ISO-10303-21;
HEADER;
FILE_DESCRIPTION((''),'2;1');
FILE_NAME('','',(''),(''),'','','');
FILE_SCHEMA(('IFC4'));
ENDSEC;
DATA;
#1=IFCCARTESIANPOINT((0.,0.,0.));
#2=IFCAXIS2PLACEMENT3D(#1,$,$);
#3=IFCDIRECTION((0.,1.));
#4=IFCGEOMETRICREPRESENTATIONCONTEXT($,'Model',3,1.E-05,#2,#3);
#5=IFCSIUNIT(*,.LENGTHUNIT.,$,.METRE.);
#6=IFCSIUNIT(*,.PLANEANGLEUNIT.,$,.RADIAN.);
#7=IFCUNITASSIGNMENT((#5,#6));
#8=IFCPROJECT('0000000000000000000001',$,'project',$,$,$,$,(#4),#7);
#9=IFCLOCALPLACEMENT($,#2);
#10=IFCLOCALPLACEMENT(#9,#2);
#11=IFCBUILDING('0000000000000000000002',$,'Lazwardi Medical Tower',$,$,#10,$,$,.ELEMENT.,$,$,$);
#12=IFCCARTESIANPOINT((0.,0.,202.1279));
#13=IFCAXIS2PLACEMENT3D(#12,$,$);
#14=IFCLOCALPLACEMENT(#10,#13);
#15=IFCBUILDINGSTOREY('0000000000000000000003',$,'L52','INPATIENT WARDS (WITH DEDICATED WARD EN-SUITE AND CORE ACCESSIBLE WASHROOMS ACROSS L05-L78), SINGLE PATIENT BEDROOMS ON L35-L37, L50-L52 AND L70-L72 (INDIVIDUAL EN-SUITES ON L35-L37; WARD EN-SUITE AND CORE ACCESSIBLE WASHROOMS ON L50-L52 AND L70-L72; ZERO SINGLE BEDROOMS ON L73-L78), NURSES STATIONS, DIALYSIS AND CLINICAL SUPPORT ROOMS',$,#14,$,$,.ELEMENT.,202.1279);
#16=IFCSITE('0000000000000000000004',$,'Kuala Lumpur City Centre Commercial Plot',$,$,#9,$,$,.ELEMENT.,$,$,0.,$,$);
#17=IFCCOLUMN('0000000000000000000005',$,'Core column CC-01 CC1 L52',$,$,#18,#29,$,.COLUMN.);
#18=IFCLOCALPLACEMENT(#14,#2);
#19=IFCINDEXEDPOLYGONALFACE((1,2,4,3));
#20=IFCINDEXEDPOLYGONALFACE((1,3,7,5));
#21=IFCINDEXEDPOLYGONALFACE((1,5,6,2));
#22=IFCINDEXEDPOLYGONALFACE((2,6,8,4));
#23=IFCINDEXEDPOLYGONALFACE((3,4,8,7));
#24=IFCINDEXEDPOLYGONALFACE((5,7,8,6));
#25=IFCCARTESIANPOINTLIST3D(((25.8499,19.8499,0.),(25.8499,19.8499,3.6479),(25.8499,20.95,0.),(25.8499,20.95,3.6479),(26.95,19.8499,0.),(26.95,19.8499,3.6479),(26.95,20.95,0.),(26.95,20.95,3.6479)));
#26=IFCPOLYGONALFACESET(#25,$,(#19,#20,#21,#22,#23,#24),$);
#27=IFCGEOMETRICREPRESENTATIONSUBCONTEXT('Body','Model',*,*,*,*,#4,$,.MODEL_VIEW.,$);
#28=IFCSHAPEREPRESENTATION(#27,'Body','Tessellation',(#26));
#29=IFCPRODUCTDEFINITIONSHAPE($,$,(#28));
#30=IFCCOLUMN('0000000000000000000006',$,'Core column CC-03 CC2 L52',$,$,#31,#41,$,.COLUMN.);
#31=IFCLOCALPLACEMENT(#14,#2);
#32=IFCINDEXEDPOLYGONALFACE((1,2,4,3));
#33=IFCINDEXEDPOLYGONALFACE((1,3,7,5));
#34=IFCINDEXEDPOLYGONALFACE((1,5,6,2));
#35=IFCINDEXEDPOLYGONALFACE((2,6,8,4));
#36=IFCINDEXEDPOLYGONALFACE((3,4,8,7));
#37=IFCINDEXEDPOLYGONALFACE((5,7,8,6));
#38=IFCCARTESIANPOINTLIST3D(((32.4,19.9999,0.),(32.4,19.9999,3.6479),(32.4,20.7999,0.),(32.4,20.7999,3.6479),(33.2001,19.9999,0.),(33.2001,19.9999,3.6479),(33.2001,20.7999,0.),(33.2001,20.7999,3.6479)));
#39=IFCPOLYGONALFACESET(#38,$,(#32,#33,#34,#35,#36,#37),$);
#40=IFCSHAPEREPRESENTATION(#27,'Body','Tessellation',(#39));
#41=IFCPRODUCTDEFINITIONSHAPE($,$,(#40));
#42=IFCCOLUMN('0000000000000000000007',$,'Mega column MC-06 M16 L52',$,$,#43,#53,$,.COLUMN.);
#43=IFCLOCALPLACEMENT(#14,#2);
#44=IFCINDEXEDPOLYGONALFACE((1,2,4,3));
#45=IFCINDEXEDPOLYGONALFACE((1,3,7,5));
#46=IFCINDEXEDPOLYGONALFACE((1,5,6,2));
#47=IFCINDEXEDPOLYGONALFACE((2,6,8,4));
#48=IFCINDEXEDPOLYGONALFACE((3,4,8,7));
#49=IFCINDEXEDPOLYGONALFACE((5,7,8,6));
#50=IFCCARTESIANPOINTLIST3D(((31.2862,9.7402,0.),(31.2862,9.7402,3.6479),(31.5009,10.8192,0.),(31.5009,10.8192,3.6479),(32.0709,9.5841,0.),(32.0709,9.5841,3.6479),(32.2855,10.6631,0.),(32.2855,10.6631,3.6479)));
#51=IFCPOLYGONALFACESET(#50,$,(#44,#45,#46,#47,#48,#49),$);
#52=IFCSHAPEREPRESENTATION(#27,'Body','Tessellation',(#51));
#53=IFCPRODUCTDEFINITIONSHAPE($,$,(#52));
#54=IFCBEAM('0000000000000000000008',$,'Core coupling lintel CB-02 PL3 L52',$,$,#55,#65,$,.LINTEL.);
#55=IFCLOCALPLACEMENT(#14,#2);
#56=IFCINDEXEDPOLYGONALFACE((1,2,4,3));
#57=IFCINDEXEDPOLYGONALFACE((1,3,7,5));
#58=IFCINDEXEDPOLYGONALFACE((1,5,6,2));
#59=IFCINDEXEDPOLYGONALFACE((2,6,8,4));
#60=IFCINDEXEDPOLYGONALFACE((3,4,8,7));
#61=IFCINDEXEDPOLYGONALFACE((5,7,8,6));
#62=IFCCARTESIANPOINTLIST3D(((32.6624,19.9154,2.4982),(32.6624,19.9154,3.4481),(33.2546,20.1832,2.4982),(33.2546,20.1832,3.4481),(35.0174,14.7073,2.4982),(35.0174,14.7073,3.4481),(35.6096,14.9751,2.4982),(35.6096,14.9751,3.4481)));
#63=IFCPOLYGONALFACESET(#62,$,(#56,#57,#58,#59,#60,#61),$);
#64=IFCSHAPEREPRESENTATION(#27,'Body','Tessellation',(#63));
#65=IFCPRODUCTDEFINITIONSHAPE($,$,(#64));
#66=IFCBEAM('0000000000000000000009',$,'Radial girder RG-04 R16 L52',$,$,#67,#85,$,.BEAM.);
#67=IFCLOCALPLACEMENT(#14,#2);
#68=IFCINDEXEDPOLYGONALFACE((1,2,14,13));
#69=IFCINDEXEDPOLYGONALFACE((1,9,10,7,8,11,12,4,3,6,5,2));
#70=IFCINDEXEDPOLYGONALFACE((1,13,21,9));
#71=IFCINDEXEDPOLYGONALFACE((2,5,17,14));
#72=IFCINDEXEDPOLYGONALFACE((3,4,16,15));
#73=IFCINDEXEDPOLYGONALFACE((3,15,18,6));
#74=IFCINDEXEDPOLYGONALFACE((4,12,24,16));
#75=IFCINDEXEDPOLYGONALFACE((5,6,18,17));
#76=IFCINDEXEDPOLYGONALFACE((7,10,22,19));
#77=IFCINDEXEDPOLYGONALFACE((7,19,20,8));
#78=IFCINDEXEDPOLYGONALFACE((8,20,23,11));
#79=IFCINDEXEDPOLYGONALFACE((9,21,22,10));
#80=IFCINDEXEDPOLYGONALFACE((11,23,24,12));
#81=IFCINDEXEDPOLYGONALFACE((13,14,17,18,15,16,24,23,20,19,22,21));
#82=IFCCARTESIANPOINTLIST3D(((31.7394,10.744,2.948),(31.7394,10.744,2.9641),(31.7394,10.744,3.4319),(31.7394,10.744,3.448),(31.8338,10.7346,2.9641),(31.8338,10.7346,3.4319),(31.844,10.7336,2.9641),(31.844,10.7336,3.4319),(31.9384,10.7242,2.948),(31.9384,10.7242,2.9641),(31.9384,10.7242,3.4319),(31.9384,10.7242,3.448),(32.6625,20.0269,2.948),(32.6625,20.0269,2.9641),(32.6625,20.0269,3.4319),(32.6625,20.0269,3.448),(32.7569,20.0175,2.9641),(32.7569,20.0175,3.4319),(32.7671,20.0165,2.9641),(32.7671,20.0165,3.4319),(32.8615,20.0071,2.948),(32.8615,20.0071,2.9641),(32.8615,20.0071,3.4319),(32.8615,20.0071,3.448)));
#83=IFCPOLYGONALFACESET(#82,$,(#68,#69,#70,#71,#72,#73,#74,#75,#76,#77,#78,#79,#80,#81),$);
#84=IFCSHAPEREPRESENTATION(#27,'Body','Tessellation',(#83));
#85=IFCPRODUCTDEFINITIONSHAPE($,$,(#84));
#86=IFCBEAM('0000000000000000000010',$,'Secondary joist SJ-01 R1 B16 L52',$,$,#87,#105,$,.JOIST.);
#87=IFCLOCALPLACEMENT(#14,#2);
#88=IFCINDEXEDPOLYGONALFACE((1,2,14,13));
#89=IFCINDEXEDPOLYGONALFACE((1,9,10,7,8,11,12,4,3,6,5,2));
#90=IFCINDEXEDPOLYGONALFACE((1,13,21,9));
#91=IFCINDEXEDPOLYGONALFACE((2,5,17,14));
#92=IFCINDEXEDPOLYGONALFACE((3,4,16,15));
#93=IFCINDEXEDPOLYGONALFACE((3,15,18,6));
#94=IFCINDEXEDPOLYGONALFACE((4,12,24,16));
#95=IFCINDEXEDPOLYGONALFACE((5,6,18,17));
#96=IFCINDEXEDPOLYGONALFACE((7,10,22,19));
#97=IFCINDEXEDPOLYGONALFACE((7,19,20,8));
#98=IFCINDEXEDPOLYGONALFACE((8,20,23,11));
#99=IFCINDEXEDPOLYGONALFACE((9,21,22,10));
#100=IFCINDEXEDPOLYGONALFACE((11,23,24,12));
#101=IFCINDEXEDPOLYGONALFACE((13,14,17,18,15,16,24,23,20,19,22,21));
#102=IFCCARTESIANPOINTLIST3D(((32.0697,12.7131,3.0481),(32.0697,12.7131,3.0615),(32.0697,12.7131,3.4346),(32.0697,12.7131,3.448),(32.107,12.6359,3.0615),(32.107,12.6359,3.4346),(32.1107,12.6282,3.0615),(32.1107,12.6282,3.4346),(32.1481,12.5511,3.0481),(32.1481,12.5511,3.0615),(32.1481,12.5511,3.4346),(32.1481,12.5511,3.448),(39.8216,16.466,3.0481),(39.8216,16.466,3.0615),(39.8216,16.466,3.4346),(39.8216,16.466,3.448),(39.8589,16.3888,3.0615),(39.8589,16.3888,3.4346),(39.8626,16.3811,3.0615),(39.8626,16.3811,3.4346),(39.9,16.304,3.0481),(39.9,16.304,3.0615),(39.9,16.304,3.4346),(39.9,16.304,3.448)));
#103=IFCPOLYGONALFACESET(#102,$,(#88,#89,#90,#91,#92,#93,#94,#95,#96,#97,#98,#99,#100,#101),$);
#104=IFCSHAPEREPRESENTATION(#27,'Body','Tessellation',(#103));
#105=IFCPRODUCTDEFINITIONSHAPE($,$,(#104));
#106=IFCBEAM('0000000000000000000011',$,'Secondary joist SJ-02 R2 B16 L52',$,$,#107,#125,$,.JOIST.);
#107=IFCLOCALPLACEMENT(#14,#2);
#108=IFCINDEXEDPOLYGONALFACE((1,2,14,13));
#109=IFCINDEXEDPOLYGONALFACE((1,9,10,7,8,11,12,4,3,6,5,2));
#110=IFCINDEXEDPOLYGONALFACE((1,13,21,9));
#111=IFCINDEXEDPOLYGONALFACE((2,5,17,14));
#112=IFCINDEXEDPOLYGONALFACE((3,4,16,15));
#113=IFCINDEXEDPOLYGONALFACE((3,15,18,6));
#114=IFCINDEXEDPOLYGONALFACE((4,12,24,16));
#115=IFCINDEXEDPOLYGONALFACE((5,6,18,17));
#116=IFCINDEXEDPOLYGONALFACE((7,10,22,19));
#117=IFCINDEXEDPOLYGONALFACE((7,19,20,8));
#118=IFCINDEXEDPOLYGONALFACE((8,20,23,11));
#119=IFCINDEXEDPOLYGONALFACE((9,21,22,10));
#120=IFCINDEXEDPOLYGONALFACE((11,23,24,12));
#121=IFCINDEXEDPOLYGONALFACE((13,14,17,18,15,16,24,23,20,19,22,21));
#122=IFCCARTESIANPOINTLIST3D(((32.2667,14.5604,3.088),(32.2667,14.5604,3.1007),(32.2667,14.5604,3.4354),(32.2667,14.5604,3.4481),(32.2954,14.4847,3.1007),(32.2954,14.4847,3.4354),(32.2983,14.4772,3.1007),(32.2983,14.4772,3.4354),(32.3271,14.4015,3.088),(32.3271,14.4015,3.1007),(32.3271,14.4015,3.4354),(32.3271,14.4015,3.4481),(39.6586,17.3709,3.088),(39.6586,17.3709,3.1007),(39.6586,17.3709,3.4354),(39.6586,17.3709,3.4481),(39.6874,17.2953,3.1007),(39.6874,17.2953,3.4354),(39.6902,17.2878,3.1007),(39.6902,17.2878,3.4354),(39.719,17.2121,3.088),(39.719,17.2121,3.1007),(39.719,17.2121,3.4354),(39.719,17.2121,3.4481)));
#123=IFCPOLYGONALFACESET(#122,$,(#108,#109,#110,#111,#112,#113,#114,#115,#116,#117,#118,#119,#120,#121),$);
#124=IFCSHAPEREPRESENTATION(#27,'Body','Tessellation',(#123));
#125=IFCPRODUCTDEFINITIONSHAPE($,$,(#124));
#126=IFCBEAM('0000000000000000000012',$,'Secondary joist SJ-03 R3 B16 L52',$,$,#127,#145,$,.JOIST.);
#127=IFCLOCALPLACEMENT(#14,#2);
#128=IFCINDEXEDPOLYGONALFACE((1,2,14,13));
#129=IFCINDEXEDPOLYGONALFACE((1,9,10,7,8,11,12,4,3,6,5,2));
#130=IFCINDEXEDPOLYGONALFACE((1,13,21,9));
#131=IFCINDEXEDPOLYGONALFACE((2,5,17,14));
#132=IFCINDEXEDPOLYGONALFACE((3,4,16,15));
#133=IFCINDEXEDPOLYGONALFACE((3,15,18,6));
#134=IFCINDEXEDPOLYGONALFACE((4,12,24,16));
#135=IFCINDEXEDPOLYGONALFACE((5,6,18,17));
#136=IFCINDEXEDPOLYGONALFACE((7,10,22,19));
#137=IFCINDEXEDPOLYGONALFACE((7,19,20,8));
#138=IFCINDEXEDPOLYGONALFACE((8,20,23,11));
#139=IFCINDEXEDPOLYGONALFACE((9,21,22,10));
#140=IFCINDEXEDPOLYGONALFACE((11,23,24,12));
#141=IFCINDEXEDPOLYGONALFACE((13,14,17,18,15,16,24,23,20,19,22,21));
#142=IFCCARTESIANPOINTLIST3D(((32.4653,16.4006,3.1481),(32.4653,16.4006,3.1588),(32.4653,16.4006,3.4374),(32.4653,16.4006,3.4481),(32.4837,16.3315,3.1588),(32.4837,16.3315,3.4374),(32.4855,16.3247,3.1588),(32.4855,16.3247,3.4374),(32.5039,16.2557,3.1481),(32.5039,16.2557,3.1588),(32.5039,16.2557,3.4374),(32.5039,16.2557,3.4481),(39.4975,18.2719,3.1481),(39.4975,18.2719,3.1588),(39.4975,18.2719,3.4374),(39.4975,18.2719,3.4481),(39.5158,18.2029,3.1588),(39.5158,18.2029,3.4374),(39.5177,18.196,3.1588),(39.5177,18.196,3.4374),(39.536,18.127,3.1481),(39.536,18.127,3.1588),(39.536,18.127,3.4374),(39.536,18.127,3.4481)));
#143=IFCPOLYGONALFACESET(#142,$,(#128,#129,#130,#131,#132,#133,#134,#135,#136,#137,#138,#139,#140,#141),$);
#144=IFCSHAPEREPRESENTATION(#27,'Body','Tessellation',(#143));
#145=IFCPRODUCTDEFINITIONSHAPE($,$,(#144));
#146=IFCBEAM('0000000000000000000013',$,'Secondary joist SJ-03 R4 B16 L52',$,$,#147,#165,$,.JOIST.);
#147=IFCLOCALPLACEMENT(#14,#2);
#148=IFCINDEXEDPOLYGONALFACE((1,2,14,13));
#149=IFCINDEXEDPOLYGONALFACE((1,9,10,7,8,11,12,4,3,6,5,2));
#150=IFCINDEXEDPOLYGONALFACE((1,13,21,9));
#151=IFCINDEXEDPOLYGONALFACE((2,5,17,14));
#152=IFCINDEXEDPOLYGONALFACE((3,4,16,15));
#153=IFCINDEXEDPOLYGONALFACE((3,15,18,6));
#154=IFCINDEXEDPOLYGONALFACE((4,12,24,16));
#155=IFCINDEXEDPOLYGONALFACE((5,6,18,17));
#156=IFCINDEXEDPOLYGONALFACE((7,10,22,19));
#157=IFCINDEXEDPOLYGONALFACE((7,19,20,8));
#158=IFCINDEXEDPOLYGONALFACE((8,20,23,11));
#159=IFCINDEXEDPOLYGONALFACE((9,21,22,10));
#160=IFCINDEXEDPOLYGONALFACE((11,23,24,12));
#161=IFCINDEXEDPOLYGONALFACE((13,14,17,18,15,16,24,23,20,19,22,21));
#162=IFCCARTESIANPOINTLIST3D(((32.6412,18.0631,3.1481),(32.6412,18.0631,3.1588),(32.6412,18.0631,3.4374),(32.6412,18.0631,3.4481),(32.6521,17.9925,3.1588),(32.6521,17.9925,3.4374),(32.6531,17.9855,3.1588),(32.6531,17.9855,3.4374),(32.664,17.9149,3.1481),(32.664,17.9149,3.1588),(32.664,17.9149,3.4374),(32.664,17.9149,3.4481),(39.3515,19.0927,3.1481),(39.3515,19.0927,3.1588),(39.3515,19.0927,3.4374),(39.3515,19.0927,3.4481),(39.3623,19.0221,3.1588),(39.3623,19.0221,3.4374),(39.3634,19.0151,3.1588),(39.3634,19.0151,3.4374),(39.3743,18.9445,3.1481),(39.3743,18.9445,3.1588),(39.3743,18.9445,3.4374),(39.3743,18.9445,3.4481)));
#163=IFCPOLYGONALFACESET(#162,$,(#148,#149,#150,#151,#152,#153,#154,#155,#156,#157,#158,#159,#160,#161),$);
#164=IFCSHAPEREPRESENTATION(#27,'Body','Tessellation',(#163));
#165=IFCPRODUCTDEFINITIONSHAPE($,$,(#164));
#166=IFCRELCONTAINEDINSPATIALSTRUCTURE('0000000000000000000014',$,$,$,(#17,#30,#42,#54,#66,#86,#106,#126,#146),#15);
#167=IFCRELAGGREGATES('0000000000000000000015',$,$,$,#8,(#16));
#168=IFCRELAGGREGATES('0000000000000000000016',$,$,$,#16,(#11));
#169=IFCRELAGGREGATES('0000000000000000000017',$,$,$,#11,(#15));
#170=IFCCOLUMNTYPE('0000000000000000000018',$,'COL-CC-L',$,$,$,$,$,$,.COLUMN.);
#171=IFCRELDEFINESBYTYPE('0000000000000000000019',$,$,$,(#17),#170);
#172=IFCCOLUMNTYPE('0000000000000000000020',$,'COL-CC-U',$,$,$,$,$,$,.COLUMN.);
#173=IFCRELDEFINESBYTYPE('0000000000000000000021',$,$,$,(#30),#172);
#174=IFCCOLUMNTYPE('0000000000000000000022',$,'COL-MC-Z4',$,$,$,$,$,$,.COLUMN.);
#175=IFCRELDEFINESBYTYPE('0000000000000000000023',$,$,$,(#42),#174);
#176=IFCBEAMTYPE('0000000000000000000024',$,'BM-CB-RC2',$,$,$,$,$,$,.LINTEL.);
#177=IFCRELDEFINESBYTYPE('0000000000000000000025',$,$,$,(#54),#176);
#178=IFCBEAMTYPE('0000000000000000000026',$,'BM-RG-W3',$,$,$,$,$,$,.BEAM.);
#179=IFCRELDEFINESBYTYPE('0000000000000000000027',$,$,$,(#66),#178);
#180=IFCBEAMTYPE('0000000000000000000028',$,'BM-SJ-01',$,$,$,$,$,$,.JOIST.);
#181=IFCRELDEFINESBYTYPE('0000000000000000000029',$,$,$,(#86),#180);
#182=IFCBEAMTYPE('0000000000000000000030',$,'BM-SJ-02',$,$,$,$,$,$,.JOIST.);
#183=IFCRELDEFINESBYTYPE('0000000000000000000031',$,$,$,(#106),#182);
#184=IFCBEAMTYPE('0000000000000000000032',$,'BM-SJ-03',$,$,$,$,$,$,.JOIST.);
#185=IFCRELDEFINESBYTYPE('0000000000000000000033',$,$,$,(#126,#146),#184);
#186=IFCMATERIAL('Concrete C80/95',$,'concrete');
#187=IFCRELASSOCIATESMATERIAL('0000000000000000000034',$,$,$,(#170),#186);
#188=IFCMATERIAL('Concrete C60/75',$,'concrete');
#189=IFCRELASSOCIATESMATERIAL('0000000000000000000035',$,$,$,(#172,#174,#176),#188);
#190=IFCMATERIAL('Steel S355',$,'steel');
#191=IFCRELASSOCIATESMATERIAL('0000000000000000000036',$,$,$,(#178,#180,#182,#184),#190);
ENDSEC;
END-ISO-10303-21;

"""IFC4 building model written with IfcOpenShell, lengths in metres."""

from ifc_helpers import new_model, si_unit, direction, frame, origin, origin_2d, place, context, subcontext, project, spatial, rectangle, i_section, extrude, material, material_profile, profile_set, type_object, element, save


model = new_model("IFC4")

# Units and contexts
model_context = context("Model", 3, precision=1e-05, world=origin(), true_north=direction((0.0, 1.0)))
body_context = subcontext(model_context, "Body", "Model", "MODEL_VIEW")
ifc_project = project(units=[si_unit("LENGTHUNIT", "METRE"), si_unit("PLANEANGLEUNIT", "RADIAN")], contexts=[model_context])

# Site, building, storey
site_placement = place(None, origin())
site = spatial("IfcSite", under=ifc_project, at=site_placement, Name="Kuala Lumpur City Centre Commercial Plot", CompositionType="ELEMENT", RefElevation=0.0)
building_placement = place(site_placement, origin())
building = spatial("IfcBuilding", under=site, at=building_placement, Name="Lazwardi Medical Tower", CompositionType="ELEMENT")
storey_placement = place(building_placement, frame((0.0, 0.0, 202.1279)))
storey = spatial("IfcBuildingStorey", under=building, at=storey_placement, Name="L52", Description="INPATIENT WARDS (WITH DEDICATED WARD EN-SUITE AND CORE ACCESSIBLE WASHROOMS ACROSS L05-L78), SINGLE PATIENT BEDROOMS ON L35-L37, L50-L52 AND L70-L72 (INDIVIDUAL EN-SUITES ON L35-L37; WARD EN-SUITE AND CORE ACCESSIBLE WASHROOMS ON L50-L52 AND L70-L72; ZERO SINGLE BEDROOMS ON L73-L78), NURSES STATIONS, DIALYSIS AND CLINICAL SUPPORT ROOMS", CompositionType="ELEMENT", Elevation=202.1279)

# Columns
ifc_material_1 = material(Name="Concrete C80/95", Category="concrete")
ifc_material_profile_1 = material_profile(ifc_material_1, rectangle(XDim=1.1001, YDim=1.1001, at=origin_2d()), Name="RC 1100x1100")
ifc_profile_set_1 = profile_set([ifc_material_profile_1], Name="Concrete C80/95")
column_type_1 = type_object("IfcColumnType", Name="COL-CC-L", PredefinedType="COLUMN", material=ifc_profile_set_1)
column_1_placement = place(storey_placement, frame((26.3999, 20.3999, 0.0), z_axis=(0.0, 0.0, 1.0), x_axis=(1.0, 0.0, 0.0)))
element("IfcColumn", 1, at=column_1_placement, inside=storey, type_object=column_type_1, Name="Core column CC-01 CC1 L52", PredefinedType="COLUMN", context=body_context, shape_type="SweptSolid", body=[
    extrude(rectangle(XDim=1.1001, YDim=1.1001, at=origin_2d()), origin(), (0.0, 0.0, 1.0), 3.6479),
])
ifc_material_2 = material(Name="Concrete C60/75", Category="concrete")
ifc_material_profile_2 = material_profile(ifc_material_2, rectangle(XDim=0.8, YDim=0.8, at=origin_2d()), Name="RC 800x800")
ifc_profile_set_2 = profile_set([ifc_material_profile_2], Name="Concrete C60/75")
column_type_2 = type_object("IfcColumnType", Name="COL-CC-U", PredefinedType="COLUMN", material=ifc_profile_set_2)
column_2_placement = place(storey_placement, frame((32.8, 20.3999, 0.0), z_axis=(0.0, 0.0, 1.0), x_axis=(1.0, 0.0, 0.0)))
element("IfcColumn", 2, at=column_2_placement, inside=storey, type_object=column_type_2, Name="Core column CC-03 CC2 L52", PredefinedType="COLUMN", context=body_context, shape_type="SweptSolid", body=[
    extrude(rectangle(XDim=0.8, YDim=0.8, at=origin_2d()), origin(), (0.0, 0.0, 1.0), 3.6479),
])
ifc_material_profile_3 = material_profile(ifc_material_2, rectangle(XDim=1.1001, YDim=0.8, at=origin_2d()), Name="CFT-RECT 1100x800")
ifc_profile_set_3 = profile_set([ifc_material_profile_3], Name="Concrete C60/75")
column_type_3 = type_object("IfcColumnType", Name="COL-MC-Z4", PredefinedType="COLUMN", material=ifc_profile_set_3)
column_3_placement = place(storey_placement, frame((31.7859, 10.2017, 0.0), z_axis=(0.0, 0.0, 1.0), x_axis=(-0.19509, -0.980785, 0.0)))
element("IfcColumn", 3, at=column_3_placement, inside=storey, type_object=column_type_3, Name="Mega column MC-06 M16 L52", PredefinedType="COLUMN", context=body_context, shape_type="SweptSolid", body=[
    extrude(rectangle(XDim=1.1001, YDim=0.8, at=origin_2d()), origin(), (0.0, 0.0, 1.0), 3.6479),
])

# Beams
ifc_material_profile_4 = material_profile(ifc_material_2, rectangle(XDim=0.6499, YDim=0.95, at=origin_2d()), Name="RC 650x950")
ifc_profile_set_4 = profile_set([ifc_material_profile_4], Name="Concrete C60/75")
beam_type_1 = type_object("IfcBeamType", Name="BM-CB-RC2", PredefinedType="LINTEL", material=ifc_profile_set_4)
beam_1_placement = place(storey_placement, frame((32.9585, 20.0493, 2.9731), z_axis=(0.412019, -0.911175, 0.0), x_axis=(0.911175, 0.412019, 0.0)))
element("IfcBeam", 4, at=beam_1_placement, inside=storey, type_object=beam_type_1, Name="Core coupling lintel CB-02 PL3 L52", PredefinedType="LINTEL", context=body_context, shape_type="SweptSolid", body=[
    extrude(rectangle(XDim=0.6499, YDim=0.95, at=origin_2d()), origin(), (0.0, 0.0, 1.0), 5.7158),
])
ifc_material_3 = material(Name="Steel S355", Category="steel")
ifc_material_profile_5 = material_profile(ifc_material_3, i_section(OverallWidth=0.2, OverallDepth=0.5, WebThickness=0.0103, FlangeThickness=0.0161, at=origin_2d()), Name="IPE 500")
ifc_profile_set_5 = profile_set([ifc_material_profile_5], Name="Steel S355")
beam_type_2 = type_object("IfcBeamType", Name="BM-RG-W3", PredefinedType="BEAM", material=ifc_profile_set_5)
beam_2_placement = place(storey_placement, frame((31.8389, 10.7341, 3.198), z_axis=(0.098954, 0.995092, 0.0), x_axis=(-0.995092, 0.098954, 0.0)))
element("IfcBeam", 5, at=beam_2_placement, inside=storey, type_object=beam_type_2, Name="Radial girder RG-04 R16 L52", PredefinedType="BEAM", context=body_context, shape_type="SweptSolid", body=[
    extrude(i_section(OverallWidth=0.2, OverallDepth=0.5, WebThickness=0.0103, FlangeThickness=0.0161, at=origin_2d()), origin(), (0.0, 0.0, 1.0), 9.3286),
])
ifc_material_profile_6 = material_profile(ifc_material_3, i_section(OverallWidth=0.1799, OverallDepth=0.3999, WebThickness=0.0085, FlangeThickness=0.0134, at=origin_2d()), Name="IPE 400")
ifc_profile_set_6 = profile_set([ifc_material_profile_6], Name="Steel S355")
beam_type_3 = type_object("IfcBeamType", Name="BM-SJ-01", PredefinedType="JOIST", material=ifc_profile_set_6)
beam_3_placement = place(storey_placement, frame((32.1089, 12.6321, 3.248), z_axis=(0.900069, 0.435748, 0.0), x_axis=(-0.435748, 0.900069, 0.0)))
element("IfcBeam", 6, at=beam_3_placement, inside=storey, type_object=beam_type_3, Name="Secondary joist SJ-01 R1 B16 L52", PredefinedType="JOIST", context=body_context, shape_type="SweptSolid", body=[
    extrude(i_section(OverallWidth=0.1799, OverallDepth=0.3999, WebThickness=0.0085, FlangeThickness=0.0134, at=origin_2d()), origin(), (0.0, 0.0, 1.0), 8.6125),
])
ifc_material_profile_7 = material_profile(ifc_material_3, i_section(OverallWidth=0.1699, OverallDepth=0.3601, WebThickness=0.0081, FlangeThickness=0.0127, at=origin_2d()), Name="IPE 360")
ifc_profile_set_7 = profile_set([ifc_material_profile_7], Name="Steel S355")
beam_type_4 = type_object("IfcBeamType", Name="BM-SJ-02", PredefinedType="JOIST", material=ifc_profile_set_7)
beam_4_placement = place(storey_placement, frame((32.2969, 14.481, 3.2681), z_axis=(0.934714, 0.3554, 0.0), x_axis=(-0.3554, 0.934714, 0.0)))
element("IfcBeam", 7, at=beam_4_placement, inside=storey, type_object=beam_type_4, Name="Secondary joist SJ-02 R2 B16 L52", PredefinedType="JOIST", context=body_context, shape_type="SweptSolid", body=[
    extrude(i_section(OverallWidth=0.1699, OverallDepth=0.3601, WebThickness=0.0081, FlangeThickness=0.0127, at=origin_2d()), origin(), (0.0, 0.0, 1.0), 7.9082),
])
ifc_material_profile_8 = material_profile(ifc_material_3, i_section(OverallWidth=0.1499, OverallDepth=0.3, WebThickness=0.0071, FlangeThickness=0.0107, at=origin_2d()), Name="IPE 300")
ifc_profile_set_8 = profile_set([ifc_material_profile_8], Name="Steel S355")
beam_type_5 = type_object("IfcBeamType", Name="BM-SJ-03", PredefinedType="JOIST", material=ifc_profile_set_8)
beam_5_placement = place(storey_placement, frame((32.4846, 16.3281, 3.2981), z_axis=(0.966369, 0.257159, 0.0), x_axis=(-0.257159, 0.966369, 0.0)))
element("IfcBeam", 8, at=beam_5_placement, inside=storey, type_object=beam_type_5, Name="Secondary joist SJ-03 R3 B16 L52", PredefinedType="JOIST", context=body_context, shape_type="SweptSolid", body=[
    extrude(i_section(OverallWidth=0.1499, OverallDepth=0.3, WebThickness=0.0071, FlangeThickness=0.0107, at=origin_2d()), origin(), (0.0, 0.0, 1.0), 7.2769),
])
beam_6_placement = place(storey_placement, frame((32.6526, 17.989, 3.2981), z_axis=(0.988434, 0.151655, 0.0), x_axis=(-0.151655, 0.988434, 0.0)))
element("IfcBeam", 9, at=beam_6_placement, inside=storey, type_object=beam_type_5, Name="Secondary joist SJ-03 R4 B16 L52", PredefinedType="JOIST", context=body_context, shape_type="SweptSolid", body=[
    extrude(i_section(OverallWidth=0.1499, OverallDepth=0.3, WebThickness=0.0071, FlangeThickness=0.0107, at=origin_2d()), origin(), (0.0, 0.0, 1.0), 6.7888),
])

save(model, "model.ifc")
